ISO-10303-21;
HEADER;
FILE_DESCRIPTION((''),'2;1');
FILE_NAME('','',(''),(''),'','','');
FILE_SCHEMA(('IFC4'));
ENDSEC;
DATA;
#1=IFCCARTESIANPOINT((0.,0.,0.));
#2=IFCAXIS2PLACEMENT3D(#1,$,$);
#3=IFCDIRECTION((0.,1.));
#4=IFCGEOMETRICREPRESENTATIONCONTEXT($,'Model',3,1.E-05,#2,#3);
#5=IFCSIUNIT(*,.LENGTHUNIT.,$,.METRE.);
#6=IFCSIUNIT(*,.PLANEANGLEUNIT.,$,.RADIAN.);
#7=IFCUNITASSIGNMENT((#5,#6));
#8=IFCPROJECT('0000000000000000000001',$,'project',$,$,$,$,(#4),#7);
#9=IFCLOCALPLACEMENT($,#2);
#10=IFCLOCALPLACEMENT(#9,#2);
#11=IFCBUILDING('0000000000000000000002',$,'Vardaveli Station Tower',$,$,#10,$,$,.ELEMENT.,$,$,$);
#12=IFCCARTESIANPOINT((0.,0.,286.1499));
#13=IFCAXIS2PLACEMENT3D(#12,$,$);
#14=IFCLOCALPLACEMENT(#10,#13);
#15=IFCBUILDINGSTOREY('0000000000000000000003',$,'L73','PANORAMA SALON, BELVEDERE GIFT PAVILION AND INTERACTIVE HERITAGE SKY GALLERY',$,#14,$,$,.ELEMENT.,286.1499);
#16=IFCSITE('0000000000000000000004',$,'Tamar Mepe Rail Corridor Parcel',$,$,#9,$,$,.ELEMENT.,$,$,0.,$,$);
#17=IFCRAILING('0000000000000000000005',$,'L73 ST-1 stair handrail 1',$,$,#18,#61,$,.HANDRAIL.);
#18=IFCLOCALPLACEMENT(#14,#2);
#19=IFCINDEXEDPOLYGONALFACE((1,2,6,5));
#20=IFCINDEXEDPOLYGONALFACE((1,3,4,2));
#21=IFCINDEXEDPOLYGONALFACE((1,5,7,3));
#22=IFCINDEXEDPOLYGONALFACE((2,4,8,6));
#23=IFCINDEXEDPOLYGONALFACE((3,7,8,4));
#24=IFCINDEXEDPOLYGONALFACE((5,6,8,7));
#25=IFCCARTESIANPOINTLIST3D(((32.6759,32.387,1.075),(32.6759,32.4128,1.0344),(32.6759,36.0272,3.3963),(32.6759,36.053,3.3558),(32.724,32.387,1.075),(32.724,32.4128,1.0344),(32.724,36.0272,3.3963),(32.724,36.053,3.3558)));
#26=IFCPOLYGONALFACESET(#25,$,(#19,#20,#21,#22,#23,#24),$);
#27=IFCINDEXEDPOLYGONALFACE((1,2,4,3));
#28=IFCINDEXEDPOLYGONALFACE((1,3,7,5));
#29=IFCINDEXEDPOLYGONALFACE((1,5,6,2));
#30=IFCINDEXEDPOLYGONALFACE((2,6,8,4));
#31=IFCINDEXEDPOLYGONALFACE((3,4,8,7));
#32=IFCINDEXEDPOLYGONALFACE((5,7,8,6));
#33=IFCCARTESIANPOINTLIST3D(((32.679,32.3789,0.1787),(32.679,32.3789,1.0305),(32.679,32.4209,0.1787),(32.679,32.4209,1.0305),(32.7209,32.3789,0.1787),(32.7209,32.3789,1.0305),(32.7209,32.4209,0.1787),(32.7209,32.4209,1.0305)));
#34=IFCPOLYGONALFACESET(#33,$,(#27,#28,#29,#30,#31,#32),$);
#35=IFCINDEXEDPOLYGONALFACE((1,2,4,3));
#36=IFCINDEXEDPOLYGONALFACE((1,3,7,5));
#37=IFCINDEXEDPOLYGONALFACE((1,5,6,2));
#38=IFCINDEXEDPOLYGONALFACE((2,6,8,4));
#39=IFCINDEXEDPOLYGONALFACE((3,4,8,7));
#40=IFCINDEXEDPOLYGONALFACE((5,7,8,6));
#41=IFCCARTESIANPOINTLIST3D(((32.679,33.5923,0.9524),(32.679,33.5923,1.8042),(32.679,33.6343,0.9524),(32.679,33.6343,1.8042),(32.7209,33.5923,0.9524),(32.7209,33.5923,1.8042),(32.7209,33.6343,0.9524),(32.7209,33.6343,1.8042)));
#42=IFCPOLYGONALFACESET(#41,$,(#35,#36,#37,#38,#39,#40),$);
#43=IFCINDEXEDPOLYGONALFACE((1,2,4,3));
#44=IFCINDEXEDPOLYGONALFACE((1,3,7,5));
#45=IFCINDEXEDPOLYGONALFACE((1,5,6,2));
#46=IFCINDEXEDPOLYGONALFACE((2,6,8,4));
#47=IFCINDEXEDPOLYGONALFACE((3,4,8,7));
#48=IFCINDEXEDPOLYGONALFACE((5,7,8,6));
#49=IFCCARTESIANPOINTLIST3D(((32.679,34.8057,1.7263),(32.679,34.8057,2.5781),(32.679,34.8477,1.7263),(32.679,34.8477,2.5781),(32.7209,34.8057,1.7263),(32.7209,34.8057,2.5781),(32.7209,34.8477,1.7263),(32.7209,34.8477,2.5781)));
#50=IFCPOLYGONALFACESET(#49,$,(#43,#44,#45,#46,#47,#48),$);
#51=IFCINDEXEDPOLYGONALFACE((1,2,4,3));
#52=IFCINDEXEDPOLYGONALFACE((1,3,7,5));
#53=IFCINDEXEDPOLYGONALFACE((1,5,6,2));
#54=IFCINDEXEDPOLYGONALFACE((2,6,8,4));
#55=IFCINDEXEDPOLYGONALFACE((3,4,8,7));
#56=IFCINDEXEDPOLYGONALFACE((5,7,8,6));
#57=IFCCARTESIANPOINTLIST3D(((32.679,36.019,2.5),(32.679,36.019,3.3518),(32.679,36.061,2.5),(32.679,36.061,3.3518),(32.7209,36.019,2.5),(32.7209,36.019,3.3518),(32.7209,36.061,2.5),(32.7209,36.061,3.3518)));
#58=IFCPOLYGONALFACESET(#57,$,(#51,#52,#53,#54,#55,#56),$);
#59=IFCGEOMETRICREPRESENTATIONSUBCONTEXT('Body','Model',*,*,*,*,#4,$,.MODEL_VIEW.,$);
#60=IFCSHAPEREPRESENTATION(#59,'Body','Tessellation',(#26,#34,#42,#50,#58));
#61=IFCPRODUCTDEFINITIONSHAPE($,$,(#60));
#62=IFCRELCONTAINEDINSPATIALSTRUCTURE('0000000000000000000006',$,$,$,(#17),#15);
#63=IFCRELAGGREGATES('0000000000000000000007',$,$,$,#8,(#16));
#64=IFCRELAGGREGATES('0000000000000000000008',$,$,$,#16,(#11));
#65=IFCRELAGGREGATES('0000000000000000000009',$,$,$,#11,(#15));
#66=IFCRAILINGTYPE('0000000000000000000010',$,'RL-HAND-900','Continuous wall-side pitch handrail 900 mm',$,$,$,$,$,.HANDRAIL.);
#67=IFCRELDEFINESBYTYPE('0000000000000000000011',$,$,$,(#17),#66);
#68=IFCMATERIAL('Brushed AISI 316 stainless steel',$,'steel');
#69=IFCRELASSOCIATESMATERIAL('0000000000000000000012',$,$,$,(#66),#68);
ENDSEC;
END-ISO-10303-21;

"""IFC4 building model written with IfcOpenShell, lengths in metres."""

from ifc_helpers import new_model, si_unit, direction, frame, origin, origin_2d, place, context, subcontext, project, spatial, rectangle, extrude, source, transform, mapped, material, type_object, element, save


model = new_model("IFC4")

# Units and contexts
model_context = context("Model", 3, precision=1e-05, world=origin(), true_north=direction((0.0, 1.0)))
body_context = subcontext(model_context, "Body", "Model", "MODEL_VIEW")
ifc_project = project(units=[si_unit("LENGTHUNIT", "METRE"), si_unit("PLANEANGLEUNIT", "RADIAN")], contexts=[model_context])

# Site, building, storey
site_placement = place(None, origin())
site = spatial("IfcSite", under=ifc_project, at=site_placement, Name="Tamar Mepe Rail Corridor Parcel", CompositionType="ELEMENT", RefElevation=0.0)
building_placement = place(site_placement, origin())
building = spatial("IfcBuilding", under=site, at=building_placement, Name="Vardaveli Station Tower", CompositionType="ELEMENT")
storey_placement = place(building_placement, frame((0.0, 0.0, 286.1499)))
storey = spatial("IfcBuildingStorey", under=building, at=storey_placement, Name="L73", Description="PANORAMA SALON, BELVEDERE GIFT PAVILION AND INTERACTIVE HERITAGE SKY GALLERY", CompositionType="ELEMENT", Elevation=286.1499)

# Railing
ifc_material_1 = material(Name="Brushed AISI 316 stainless steel", Category="steel")
railing_type_1 = type_object("IfcRailingType", Name="RL-HAND-900", Description="Continuous wall-side pitch handrail 900 mm", PredefinedType="HANDRAIL", material=ifc_material_1)
shared_shape_1 = source(origin(), body_context, "Body", "SweptSolid", [
    extrude(rectangle(XDim=0.0481, YDim=0.0481, at=origin_2d()), frame((0.0, 0.0, 0.876), z_axis=(0.0, 0.843153, 0.537673), x_axis=(-1.0, 0.0, 0.0)), (0.0, 0.0, 1.0), 4.3174),
    extrude(rectangle(XDim=0.042, YDim=0.042, at=origin_2d()), origin(), (0.0, 0.0, 1.0), 0.8518),
    extrude(rectangle(XDim=0.042, YDim=0.042, at=origin_2d()), frame((0.0, 1.2134, 0.7737)), (0.0, 0.0, 1.0), 0.8518),
    extrude(rectangle(XDim=0.042, YDim=0.042, at=origin_2d()), frame((0.0, 2.4268, 1.5476)), (0.0, 0.0, 1.0), 0.8518),
    extrude(rectangle(XDim=0.042, YDim=0.042, at=origin_2d()), frame((0.0, 3.6401, 2.3213)), (0.0, 0.0, 1.0), 0.8518),
])
railing_placement = place(storey_placement, frame((32.7, 32.3999, 0.1787)))
element("IfcRailing", 1, at=railing_placement, inside=storey, type_object=railing_type_1, Name="L73 ST-1 stair handrail 1", PredefinedType="HANDRAIL", context=body_context, shape_type="MappedRepresentation", body=[
    mapped(shared_shape_1, transform((0.0, 0.0, 0.0), scale=1.0)),
])

save(model, "model.ifc")
